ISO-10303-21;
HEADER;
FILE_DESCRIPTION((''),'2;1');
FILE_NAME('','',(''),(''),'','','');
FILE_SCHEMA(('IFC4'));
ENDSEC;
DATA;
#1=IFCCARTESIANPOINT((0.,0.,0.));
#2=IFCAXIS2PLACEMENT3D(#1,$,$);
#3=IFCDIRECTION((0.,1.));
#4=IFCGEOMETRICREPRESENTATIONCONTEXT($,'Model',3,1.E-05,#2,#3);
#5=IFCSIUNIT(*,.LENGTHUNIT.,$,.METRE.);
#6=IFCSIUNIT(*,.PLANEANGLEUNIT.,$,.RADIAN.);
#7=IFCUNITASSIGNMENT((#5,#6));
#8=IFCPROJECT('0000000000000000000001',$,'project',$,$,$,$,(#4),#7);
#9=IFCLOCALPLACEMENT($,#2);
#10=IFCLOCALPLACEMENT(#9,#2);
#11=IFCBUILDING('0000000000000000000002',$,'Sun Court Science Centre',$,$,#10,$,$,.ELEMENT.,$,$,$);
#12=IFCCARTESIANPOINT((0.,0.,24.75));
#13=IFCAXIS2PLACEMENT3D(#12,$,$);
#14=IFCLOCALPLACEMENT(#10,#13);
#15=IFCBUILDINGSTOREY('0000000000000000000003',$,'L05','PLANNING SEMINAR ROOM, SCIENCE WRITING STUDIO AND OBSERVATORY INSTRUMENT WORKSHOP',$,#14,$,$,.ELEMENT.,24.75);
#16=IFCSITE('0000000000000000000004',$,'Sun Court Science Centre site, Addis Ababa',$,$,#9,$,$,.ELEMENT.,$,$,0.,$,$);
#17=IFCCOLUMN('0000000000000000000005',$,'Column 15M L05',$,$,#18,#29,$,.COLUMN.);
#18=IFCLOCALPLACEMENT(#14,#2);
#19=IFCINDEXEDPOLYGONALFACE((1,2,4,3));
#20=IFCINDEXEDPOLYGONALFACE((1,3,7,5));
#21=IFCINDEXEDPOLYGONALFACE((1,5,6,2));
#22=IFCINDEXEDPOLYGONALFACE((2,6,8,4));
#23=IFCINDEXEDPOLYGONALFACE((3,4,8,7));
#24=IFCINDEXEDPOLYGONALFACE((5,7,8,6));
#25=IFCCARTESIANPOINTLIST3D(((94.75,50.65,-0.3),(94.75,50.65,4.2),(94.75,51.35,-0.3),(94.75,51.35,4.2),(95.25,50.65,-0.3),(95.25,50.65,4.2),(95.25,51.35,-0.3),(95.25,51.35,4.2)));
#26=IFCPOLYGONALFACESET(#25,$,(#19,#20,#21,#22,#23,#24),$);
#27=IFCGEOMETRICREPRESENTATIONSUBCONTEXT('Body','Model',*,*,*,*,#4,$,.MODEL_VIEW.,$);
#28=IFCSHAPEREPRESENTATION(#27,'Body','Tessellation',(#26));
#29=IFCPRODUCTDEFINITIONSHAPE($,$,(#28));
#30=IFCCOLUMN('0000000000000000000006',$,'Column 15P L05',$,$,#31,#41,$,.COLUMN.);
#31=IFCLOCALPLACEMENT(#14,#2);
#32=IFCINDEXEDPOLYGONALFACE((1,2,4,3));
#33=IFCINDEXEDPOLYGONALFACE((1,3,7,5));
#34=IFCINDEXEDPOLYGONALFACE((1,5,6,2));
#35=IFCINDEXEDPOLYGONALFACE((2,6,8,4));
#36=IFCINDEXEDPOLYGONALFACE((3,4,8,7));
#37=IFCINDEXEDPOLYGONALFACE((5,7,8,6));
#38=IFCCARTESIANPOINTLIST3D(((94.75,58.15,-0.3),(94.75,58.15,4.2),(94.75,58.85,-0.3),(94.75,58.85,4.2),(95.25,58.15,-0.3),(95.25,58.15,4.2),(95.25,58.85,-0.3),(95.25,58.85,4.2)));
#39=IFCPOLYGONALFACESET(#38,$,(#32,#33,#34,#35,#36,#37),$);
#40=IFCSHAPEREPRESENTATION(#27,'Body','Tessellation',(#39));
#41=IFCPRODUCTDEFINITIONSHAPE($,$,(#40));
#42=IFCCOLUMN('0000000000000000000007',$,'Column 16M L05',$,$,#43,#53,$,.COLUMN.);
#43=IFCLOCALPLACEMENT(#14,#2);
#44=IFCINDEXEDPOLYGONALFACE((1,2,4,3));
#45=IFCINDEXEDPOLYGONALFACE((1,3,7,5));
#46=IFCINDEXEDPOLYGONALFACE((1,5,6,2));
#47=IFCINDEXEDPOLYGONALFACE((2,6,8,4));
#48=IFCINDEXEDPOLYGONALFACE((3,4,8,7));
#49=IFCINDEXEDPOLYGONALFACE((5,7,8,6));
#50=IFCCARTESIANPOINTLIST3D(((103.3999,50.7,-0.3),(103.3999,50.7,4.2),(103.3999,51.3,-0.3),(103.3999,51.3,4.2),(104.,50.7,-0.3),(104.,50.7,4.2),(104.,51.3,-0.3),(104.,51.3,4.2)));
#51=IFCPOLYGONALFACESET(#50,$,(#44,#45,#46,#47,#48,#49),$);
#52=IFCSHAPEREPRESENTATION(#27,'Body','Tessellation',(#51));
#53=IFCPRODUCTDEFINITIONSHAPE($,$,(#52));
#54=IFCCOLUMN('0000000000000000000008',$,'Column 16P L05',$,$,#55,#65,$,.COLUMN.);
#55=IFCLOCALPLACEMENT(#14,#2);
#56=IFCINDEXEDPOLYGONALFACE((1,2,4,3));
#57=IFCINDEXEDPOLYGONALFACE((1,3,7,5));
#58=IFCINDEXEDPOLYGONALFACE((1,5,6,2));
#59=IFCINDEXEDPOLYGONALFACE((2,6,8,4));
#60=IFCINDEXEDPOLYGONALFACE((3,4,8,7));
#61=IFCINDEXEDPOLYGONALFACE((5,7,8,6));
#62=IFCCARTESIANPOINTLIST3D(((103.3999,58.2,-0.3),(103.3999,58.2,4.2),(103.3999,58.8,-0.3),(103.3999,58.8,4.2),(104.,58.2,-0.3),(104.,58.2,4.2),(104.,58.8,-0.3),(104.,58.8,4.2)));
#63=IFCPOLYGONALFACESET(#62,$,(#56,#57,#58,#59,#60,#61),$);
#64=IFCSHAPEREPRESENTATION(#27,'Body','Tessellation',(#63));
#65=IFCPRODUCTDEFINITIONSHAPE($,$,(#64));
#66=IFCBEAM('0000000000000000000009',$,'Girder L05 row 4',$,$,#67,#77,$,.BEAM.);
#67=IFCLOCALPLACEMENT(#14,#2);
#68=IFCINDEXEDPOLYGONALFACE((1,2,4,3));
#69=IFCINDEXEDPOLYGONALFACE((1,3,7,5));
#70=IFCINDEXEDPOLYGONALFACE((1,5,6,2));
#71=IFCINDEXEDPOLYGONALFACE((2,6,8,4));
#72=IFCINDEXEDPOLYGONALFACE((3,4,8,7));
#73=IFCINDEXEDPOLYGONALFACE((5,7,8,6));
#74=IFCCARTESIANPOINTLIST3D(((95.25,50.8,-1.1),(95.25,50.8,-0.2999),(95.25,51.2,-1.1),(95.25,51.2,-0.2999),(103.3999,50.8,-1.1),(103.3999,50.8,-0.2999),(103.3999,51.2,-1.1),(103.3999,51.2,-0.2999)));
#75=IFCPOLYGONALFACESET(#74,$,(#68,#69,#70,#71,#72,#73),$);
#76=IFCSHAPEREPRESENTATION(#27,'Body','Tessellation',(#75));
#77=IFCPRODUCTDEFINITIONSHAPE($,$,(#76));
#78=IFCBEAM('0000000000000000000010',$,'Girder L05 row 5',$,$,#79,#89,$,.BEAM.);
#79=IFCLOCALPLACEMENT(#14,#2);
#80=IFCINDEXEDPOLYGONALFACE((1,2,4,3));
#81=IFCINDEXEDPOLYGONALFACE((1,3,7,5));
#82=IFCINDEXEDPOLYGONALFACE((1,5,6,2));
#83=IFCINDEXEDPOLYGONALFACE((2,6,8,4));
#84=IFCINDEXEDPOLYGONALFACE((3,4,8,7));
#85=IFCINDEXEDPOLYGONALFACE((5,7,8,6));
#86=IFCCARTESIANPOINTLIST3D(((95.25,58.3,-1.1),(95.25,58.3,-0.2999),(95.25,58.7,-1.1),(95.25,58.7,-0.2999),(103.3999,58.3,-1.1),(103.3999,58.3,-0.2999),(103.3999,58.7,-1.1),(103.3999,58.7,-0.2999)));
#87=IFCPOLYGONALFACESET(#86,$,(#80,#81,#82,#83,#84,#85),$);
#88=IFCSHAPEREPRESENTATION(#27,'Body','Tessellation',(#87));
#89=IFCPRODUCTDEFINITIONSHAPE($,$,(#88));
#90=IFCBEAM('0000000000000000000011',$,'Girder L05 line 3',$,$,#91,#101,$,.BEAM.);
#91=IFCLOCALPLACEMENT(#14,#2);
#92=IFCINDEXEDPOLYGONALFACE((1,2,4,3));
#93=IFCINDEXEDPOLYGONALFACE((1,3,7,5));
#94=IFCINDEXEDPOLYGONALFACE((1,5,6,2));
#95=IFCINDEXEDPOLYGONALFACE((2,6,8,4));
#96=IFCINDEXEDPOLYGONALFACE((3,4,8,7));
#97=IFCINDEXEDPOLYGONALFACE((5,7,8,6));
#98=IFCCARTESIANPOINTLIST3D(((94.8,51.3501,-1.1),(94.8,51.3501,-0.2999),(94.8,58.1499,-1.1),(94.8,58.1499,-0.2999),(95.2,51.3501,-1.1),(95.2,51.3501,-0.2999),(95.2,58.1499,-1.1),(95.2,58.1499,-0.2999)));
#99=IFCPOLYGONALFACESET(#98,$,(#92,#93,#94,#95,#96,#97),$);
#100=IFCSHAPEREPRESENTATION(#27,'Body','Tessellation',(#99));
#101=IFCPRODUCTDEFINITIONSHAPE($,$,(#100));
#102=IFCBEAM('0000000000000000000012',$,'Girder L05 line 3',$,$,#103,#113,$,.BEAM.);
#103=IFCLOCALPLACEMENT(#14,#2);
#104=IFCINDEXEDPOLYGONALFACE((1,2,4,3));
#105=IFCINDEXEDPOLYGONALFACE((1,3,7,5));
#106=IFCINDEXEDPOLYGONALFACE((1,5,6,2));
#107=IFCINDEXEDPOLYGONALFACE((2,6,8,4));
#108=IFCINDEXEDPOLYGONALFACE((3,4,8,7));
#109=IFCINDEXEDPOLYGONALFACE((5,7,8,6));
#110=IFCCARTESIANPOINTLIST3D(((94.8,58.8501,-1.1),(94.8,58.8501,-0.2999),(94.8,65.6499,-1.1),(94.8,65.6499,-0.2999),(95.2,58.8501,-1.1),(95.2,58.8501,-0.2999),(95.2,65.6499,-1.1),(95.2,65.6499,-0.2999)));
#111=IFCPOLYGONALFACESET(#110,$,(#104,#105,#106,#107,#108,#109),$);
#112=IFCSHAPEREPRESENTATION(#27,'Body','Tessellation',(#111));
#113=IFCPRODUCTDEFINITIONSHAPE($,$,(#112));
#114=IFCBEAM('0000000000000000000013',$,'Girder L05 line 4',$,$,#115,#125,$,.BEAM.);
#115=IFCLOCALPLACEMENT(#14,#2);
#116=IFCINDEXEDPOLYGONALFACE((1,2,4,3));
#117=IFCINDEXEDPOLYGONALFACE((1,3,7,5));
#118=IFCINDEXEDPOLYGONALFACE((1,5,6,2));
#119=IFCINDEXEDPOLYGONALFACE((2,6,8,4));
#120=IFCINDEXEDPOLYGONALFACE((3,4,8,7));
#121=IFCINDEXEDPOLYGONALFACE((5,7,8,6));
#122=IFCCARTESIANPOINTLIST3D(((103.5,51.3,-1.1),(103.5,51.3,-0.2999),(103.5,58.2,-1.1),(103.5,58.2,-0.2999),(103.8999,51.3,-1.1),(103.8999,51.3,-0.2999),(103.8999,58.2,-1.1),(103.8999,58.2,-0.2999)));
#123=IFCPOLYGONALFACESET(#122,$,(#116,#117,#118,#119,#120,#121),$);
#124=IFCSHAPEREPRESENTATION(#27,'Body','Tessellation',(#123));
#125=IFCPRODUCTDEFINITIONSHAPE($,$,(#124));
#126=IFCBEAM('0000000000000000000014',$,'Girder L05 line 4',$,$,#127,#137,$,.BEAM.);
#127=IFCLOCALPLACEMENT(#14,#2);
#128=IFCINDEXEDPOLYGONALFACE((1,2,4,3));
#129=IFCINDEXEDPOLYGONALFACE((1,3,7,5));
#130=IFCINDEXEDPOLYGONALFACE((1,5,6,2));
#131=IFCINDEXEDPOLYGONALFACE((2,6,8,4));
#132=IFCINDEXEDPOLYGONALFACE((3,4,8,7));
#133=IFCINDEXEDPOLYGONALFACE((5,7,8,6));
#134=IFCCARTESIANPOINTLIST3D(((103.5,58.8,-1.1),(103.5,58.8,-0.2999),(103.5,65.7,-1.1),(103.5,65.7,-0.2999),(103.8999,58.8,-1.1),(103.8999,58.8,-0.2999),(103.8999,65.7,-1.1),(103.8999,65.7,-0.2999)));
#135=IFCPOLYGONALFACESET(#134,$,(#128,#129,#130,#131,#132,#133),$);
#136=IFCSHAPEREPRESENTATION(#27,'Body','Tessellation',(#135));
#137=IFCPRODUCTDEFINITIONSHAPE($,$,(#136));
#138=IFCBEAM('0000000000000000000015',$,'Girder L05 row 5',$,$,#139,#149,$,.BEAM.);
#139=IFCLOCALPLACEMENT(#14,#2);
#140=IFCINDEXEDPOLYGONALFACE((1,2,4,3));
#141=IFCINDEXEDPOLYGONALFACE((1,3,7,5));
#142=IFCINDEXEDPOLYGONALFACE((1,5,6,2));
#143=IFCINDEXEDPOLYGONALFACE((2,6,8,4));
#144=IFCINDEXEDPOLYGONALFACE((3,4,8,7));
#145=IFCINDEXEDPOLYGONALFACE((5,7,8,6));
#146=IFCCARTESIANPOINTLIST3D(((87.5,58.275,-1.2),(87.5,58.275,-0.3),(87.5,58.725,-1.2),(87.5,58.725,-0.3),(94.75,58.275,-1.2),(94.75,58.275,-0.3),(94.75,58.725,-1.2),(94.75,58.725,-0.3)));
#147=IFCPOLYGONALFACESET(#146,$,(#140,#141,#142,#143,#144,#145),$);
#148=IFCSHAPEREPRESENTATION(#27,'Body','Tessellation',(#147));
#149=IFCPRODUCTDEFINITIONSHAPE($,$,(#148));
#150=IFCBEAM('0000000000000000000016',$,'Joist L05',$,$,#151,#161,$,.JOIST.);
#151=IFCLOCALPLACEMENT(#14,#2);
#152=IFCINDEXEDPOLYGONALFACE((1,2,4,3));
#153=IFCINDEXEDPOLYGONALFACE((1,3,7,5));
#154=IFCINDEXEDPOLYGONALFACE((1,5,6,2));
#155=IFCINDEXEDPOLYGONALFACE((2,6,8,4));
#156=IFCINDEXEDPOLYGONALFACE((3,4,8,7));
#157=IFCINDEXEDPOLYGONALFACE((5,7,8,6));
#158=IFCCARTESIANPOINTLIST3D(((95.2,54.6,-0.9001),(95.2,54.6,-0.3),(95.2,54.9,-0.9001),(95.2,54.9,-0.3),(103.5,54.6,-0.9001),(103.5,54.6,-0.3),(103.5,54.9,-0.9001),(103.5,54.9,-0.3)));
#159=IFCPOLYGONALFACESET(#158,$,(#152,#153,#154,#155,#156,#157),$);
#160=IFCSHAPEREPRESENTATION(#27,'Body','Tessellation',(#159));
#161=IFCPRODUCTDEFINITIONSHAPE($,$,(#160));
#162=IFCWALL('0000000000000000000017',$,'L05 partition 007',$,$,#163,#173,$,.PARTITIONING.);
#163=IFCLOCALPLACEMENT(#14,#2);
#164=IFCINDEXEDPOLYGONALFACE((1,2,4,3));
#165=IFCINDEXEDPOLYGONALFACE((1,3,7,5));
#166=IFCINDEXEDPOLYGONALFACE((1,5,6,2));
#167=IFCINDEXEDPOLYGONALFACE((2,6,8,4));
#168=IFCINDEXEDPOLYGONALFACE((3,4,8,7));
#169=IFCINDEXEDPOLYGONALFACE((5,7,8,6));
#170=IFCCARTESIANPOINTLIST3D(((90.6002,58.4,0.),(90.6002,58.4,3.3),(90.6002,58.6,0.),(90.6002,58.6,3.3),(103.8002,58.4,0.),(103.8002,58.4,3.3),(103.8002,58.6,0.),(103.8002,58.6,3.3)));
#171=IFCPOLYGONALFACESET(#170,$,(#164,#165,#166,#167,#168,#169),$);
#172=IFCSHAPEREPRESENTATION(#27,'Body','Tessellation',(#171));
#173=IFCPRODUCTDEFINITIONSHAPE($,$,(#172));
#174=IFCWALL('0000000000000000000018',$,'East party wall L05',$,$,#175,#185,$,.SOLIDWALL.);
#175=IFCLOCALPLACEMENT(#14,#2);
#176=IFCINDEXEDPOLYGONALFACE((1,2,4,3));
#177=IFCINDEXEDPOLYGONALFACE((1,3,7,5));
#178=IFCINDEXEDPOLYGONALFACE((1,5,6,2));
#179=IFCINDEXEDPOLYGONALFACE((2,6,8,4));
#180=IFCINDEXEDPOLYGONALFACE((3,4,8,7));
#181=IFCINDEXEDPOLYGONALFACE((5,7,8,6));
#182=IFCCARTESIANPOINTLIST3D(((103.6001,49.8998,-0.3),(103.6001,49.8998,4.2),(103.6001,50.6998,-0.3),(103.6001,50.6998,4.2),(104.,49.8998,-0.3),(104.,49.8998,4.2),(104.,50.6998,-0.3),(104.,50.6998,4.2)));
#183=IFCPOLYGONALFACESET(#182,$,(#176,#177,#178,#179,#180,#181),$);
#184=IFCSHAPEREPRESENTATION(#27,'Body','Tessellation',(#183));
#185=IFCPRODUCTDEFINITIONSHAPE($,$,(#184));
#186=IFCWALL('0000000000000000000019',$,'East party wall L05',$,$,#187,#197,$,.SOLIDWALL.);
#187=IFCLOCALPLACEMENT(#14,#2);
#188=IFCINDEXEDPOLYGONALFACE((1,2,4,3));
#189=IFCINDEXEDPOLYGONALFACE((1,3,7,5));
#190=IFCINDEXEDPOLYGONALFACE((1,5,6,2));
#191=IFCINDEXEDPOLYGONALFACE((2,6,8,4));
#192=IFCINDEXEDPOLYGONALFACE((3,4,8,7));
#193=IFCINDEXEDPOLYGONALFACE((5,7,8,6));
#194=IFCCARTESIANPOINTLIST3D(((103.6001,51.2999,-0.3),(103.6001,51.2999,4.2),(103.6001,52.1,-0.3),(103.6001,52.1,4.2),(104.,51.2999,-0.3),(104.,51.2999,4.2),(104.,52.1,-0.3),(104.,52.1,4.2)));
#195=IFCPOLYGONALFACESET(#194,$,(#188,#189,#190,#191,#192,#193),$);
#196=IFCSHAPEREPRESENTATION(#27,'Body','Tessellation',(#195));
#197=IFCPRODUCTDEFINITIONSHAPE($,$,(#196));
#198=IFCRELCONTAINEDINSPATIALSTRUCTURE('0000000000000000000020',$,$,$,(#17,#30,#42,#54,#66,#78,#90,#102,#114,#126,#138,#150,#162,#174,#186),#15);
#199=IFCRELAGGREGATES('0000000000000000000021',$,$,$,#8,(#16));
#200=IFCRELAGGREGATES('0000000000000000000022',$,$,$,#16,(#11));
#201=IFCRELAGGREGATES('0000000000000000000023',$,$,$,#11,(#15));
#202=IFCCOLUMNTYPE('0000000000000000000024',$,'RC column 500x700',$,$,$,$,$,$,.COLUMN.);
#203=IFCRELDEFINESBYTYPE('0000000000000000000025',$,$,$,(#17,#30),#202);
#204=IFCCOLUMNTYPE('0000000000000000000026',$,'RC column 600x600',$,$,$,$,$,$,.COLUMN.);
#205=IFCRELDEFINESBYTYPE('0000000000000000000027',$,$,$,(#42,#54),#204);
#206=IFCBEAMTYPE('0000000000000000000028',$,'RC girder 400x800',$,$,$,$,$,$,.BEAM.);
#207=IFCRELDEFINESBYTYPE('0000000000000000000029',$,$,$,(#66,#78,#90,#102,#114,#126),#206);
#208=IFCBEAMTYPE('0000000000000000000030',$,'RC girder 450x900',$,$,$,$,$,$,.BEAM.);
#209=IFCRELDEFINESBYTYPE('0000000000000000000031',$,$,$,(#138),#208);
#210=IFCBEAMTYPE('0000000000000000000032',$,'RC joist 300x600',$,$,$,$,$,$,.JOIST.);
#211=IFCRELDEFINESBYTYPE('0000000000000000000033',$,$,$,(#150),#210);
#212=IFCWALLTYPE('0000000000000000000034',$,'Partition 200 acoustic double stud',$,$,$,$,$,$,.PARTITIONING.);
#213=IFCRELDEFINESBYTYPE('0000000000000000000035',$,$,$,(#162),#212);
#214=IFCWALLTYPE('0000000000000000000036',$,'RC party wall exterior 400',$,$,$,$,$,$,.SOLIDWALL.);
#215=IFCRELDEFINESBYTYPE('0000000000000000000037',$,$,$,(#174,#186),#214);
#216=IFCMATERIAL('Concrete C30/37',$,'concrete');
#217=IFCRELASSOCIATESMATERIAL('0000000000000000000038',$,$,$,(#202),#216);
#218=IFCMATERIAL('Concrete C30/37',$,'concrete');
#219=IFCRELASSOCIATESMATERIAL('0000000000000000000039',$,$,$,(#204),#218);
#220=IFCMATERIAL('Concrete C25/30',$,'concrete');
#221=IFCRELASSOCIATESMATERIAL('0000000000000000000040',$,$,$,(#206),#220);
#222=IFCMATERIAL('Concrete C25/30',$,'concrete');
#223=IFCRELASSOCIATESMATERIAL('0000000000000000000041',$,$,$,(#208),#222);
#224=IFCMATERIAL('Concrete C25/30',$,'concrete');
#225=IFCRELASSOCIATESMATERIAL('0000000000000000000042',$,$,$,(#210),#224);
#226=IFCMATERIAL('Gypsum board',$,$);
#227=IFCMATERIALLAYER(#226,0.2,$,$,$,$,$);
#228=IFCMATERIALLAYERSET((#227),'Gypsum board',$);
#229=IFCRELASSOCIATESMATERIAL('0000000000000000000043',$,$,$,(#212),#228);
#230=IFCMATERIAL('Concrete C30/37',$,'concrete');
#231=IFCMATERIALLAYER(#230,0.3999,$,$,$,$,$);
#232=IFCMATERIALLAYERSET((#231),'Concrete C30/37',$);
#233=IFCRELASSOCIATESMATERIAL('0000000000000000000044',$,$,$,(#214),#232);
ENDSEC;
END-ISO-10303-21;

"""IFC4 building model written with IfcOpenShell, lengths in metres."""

from ifc_helpers import new_model, si_unit, direction, frame, frame_2d, origin, origin_2d, place, context, subcontext, project, spatial, rectangle, extrude, material, layer, layer_set, material_profile, profile_set, type_object, element, save


model = new_model("IFC4")

# Units and contexts
model_context = context("Model", 3, precision=1e-05, world=origin(), true_north=direction((0.0, 1.0)))
body_context = subcontext(model_context, "Body", "Model", "MODEL_VIEW")
ifc_project = project(units=[si_unit("LENGTHUNIT", "METRE"), si_unit("PLANEANGLEUNIT", "RADIAN")], contexts=[model_context])

# Site, building, storey
site_placement = place(None, origin())
site = spatial("IfcSite", under=ifc_project, at=site_placement, Name="Sun Court Science Centre site, Addis Ababa", CompositionType="ELEMENT", RefElevation=0.0)
building_placement = place(site_placement, origin())
building = spatial("IfcBuilding", under=site, at=building_placement, Name="Sun Court Science Centre", CompositionType="ELEMENT")
storey_placement = place(building_placement, frame((0.0, 0.0, 24.75)))
storey = spatial("IfcBuildingStorey", under=building, at=storey_placement, Name="L05", Description="PLANNING SEMINAR ROOM, SCIENCE WRITING STUDIO AND OBSERVATORY INSTRUMENT WORKSHOP", CompositionType="ELEMENT", Elevation=24.75)

# Columns
ifc_material_1 = material(Name="Concrete C30/37", Category="concrete")
ifc_material_profile_1 = material_profile(ifc_material_1, rectangle(XDim=0.5, YDim=0.7, at=origin_2d()), Name="RC 500x700")
ifc_profile_set_1 = profile_set([ifc_material_profile_1], Name="Concrete C30/37")
column_type_1 = type_object("IfcColumnType", Name="RC column 500x700", PredefinedType="COLUMN", material=ifc_profile_set_1)
for number, where, z_axis, x_axis, name in (
    (1, (95.0, 51.0, -0.3), (0.0, 0.0, 1.0), (1.0, 0.0, 0.0), "Column 15M L05"),
    (2, (95.0, 58.5, -0.3), (0.0, 0.0, 1.0), (1.0, 0.0, 0.0), "Column 15P L05"),
):
    element("IfcColumn", number, at=place(storey_placement, frame(where, z_axis=z_axis, x_axis=x_axis)), inside=storey, type_object=column_type_1, Name=name, PredefinedType="COLUMN", context=body_context, shape_type="SweptSolid", body=[
        extrude(rectangle(XDim=0.5, YDim=0.7, at=origin_2d()), origin(), (0.0, 0.0, 1.0), 4.5),
    ])
ifc_material_2 = material(Name="Concrete C30/37", Category="concrete")
ifc_material_profile_2 = material_profile(ifc_material_2, rectangle(XDim=0.6001, YDim=0.6001, at=origin_2d()), Name="RC 600x600")
ifc_profile_set_2 = profile_set([ifc_material_profile_2], Name="Concrete C30/37")
column_type_2 = type_object("IfcColumnType", Name="RC column 600x600", PredefinedType="COLUMN", material=ifc_profile_set_2)
for number, where, z_axis, x_axis, name in (
    (3, (103.7, 51.0, -0.3), (0.0, 0.0, 1.0), (1.0, 0.0, 0.0), "Column 16M L05"),
    (4, (103.7, 58.5, -0.3), (0.0, 0.0, 1.0), (1.0, 0.0, 0.0), "Column 16P L05"),
):
    element("IfcColumn", number, at=place(storey_placement, frame(where, z_axis=z_axis, x_axis=x_axis)), inside=storey, type_object=column_type_2, Name=name, PredefinedType="COLUMN", context=body_context, shape_type="SweptSolid", body=[
        extrude(rectangle(XDim=0.6001, YDim=0.6001, at=origin_2d()), origin(), (0.0, 0.0, 1.0), 4.5),
    ])

# Beams
ifc_material_3 = material(Name="Concrete C25/30", Category="concrete")
ifc_material_profile_3 = material_profile(ifc_material_3, rectangle(XDim=0.3999, YDim=0.8, at=origin_2d()), Name="RC 400x800")
ifc_profile_set_3 = profile_set([ifc_material_profile_3], Name="Concrete C25/30")
beam_type_1 = type_object("IfcBeamType", Name="RC girder 400x800", PredefinedType="BEAM", material=ifc_profile_set_3)
for number, where, z_axis, x_axis, name in (
    (5, (95.25, 51.0, -0.7), (1.0, 0.0, 0.0), (0.0, 1.0, 0.0), "Girder L05 row 4"),
    (6, (95.25, 58.5, -0.7), (1.0, 0.0, 0.0), (0.0, 1.0, 0.0), "Girder L05 row 5"),
):
    element("IfcBeam", number, at=place(storey_placement, frame(where, z_axis=z_axis, x_axis=x_axis)), inside=storey, type_object=beam_type_1, Name=name, PredefinedType="BEAM", context=body_context, shape_type="SweptSolid", body=[
        extrude(rectangle(XDim=0.3999, YDim=0.8, at=origin_2d()), origin(), (0.0, 0.0, 1.0), 8.1499),
    ])
for number, where, z_axis, x_axis, name in (
    (7, (95.0, 51.3501, -0.7), (0.0, 1.0, 0.0), (-1.0, 0.0, 0.0), "Girder L05 line 3"),
    (8, (95.0, 58.8501, -0.7), (0.0, 1.0, 0.0), (-1.0, 0.0, 0.0), "Girder L05 line 3"),
):
    element("IfcBeam", number, at=place(storey_placement, frame(where, z_axis=z_axis, x_axis=x_axis)), inside=storey, type_object=beam_type_1, Name=name, PredefinedType="BEAM", context=body_context, shape_type="SweptSolid", body=[
        extrude(rectangle(XDim=0.3999, YDim=0.8, at=origin_2d()), origin(), (0.0, 0.0, 1.0), 6.7998),
    ])
for number, where, z_axis, x_axis, name in (
    (9, (103.7, 51.3, -0.7), (0.0, 1.0, 0.0), (-1.0, 0.0, 0.0), "Girder L05 line 4"),
    (10, (103.7, 58.8, -0.7), (0.0, 1.0, 0.0), (-1.0, 0.0, 0.0), "Girder L05 line 4"),
):
    element("IfcBeam", number, at=place(storey_placement, frame(where, z_axis=z_axis, x_axis=x_axis)), inside=storey, type_object=beam_type_1, Name=name, PredefinedType="BEAM", context=body_context, shape_type="SweptSolid", body=[
        extrude(rectangle(XDim=0.3999, YDim=0.8, at=origin_2d()), origin(), (0.0, 0.0, 1.0), 6.8999),
    ])
ifc_material_4 = material(Name="Concrete C25/30", Category="concrete")
ifc_material_profile_4 = material_profile(ifc_material_4, rectangle(XDim=0.45, YDim=0.8999, at=origin_2d()), Name="RC 450x900")
ifc_profile_set_4 = profile_set([ifc_material_profile_4], Name="Concrete C25/30")
beam_type_2 = type_object("IfcBeamType", Name="RC girder 450x900", PredefinedType="BEAM", material=ifc_profile_set_4)
beam_1_placement = place(storey_placement, frame((87.5, 58.5, -0.75), z_axis=(1.0, 0.0, 0.0), x_axis=(0.0, 1.0, 0.0)))
element("IfcBeam", 11, at=beam_1_placement, inside=storey, type_object=beam_type_2, Name="Girder L05 row 5", PredefinedType="BEAM", context=body_context, shape_type="SweptSolid", body=[
    extrude(rectangle(XDim=0.45, YDim=0.8999, at=origin_2d()), origin(), (0.0, 0.0, 1.0), 7.25),
])
ifc_material_5 = material(Name="Concrete C25/30", Category="concrete")
ifc_material_profile_5 = material_profile(ifc_material_5, rectangle(XDim=0.3, YDim=0.6001, at=origin_2d()), Name="RC 300x600")
ifc_profile_set_5 = profile_set([ifc_material_profile_5], Name="Concrete C25/30")
beam_type_3 = type_object("IfcBeamType", Name="RC joist 300x600", PredefinedType="JOIST", material=ifc_profile_set_5)
beam_2_placement = place(storey_placement, frame((95.2, 54.75, -0.6001), z_axis=(1.0, 0.0, 0.0), x_axis=(0.0, 1.0, 0.0)))
element("IfcBeam", 12, at=beam_2_placement, inside=storey, type_object=beam_type_3, Name="Joist L05", PredefinedType="JOIST", context=body_context, shape_type="SweptSolid", body=[
    extrude(rectangle(XDim=0.3, YDim=0.6001, at=origin_2d()), origin(), (0.0, 0.0, 1.0), 8.3),
])

# Walls
ifc_material_6 = material(Name="Gypsum board")
ifc_layer_1 = layer(ifc_material_6, 0.2)
ifc_layer_set_1 = layer_set([ifc_layer_1], Name="Gypsum board")
wall_type_1 = type_object("IfcWallType", Name="Partition 200 acoustic double stud", PredefinedType="PARTITIONING", material=ifc_layer_set_1)
wall_placement = place(storey_placement, frame((90.6001, 58.5, 0.0), z_axis=(0.0, 0.0, 1.0), x_axis=(1.0, 0.0, 0.0)))
element("IfcWall", 13, at=wall_placement, inside=storey, type_object=wall_type_1, Name="L05 partition 007", PredefinedType="PARTITIONING", context=body_context, shape_type="SweptSolid", body=[
    extrude(rectangle(XDim=13.2, YDim=0.2, at=frame_2d((6.6001, 0.0))), origin(), (0.0, 0.0, 1.0), 3.3),
])
ifc_material_7 = material(Name="Concrete C30/37", Category="concrete")
ifc_layer_2 = layer(ifc_material_7, 0.3999)
ifc_layer_set_2 = layer_set([ifc_layer_2], Name="Concrete C30/37")
wall_type_2 = type_object("IfcWallType", Name="RC party wall exterior 400", PredefinedType="SOLIDWALL", material=ifc_layer_set_2)
for number, where, z_axis, x_axis, name in (
    (14, (103.8, 49.8999, -0.3), (0.0, 0.0, 1.0), (0.0, 1.0, 0.0), "East party wall L05"),
    (15, (103.8, 51.3, -0.3), (0.0, 0.0, 1.0), (0.0, 1.0, 0.0), "East party wall L05"),
):
    element("IfcWall", number, at=place(storey_placement, frame(where, z_axis=z_axis, x_axis=x_axis)), inside=storey, type_object=wall_type_2, Name=name, PredefinedType="SOLIDWALL", context=body_context, shape_type="SweptSolid", body=[
        extrude(rectangle(XDim=0.8, YDim=0.3999, at=frame_2d((0.3999, 0.0))), origin(), (0.0, 0.0, 1.0), 4.5),
    ])

save(model, "model.ifc")
